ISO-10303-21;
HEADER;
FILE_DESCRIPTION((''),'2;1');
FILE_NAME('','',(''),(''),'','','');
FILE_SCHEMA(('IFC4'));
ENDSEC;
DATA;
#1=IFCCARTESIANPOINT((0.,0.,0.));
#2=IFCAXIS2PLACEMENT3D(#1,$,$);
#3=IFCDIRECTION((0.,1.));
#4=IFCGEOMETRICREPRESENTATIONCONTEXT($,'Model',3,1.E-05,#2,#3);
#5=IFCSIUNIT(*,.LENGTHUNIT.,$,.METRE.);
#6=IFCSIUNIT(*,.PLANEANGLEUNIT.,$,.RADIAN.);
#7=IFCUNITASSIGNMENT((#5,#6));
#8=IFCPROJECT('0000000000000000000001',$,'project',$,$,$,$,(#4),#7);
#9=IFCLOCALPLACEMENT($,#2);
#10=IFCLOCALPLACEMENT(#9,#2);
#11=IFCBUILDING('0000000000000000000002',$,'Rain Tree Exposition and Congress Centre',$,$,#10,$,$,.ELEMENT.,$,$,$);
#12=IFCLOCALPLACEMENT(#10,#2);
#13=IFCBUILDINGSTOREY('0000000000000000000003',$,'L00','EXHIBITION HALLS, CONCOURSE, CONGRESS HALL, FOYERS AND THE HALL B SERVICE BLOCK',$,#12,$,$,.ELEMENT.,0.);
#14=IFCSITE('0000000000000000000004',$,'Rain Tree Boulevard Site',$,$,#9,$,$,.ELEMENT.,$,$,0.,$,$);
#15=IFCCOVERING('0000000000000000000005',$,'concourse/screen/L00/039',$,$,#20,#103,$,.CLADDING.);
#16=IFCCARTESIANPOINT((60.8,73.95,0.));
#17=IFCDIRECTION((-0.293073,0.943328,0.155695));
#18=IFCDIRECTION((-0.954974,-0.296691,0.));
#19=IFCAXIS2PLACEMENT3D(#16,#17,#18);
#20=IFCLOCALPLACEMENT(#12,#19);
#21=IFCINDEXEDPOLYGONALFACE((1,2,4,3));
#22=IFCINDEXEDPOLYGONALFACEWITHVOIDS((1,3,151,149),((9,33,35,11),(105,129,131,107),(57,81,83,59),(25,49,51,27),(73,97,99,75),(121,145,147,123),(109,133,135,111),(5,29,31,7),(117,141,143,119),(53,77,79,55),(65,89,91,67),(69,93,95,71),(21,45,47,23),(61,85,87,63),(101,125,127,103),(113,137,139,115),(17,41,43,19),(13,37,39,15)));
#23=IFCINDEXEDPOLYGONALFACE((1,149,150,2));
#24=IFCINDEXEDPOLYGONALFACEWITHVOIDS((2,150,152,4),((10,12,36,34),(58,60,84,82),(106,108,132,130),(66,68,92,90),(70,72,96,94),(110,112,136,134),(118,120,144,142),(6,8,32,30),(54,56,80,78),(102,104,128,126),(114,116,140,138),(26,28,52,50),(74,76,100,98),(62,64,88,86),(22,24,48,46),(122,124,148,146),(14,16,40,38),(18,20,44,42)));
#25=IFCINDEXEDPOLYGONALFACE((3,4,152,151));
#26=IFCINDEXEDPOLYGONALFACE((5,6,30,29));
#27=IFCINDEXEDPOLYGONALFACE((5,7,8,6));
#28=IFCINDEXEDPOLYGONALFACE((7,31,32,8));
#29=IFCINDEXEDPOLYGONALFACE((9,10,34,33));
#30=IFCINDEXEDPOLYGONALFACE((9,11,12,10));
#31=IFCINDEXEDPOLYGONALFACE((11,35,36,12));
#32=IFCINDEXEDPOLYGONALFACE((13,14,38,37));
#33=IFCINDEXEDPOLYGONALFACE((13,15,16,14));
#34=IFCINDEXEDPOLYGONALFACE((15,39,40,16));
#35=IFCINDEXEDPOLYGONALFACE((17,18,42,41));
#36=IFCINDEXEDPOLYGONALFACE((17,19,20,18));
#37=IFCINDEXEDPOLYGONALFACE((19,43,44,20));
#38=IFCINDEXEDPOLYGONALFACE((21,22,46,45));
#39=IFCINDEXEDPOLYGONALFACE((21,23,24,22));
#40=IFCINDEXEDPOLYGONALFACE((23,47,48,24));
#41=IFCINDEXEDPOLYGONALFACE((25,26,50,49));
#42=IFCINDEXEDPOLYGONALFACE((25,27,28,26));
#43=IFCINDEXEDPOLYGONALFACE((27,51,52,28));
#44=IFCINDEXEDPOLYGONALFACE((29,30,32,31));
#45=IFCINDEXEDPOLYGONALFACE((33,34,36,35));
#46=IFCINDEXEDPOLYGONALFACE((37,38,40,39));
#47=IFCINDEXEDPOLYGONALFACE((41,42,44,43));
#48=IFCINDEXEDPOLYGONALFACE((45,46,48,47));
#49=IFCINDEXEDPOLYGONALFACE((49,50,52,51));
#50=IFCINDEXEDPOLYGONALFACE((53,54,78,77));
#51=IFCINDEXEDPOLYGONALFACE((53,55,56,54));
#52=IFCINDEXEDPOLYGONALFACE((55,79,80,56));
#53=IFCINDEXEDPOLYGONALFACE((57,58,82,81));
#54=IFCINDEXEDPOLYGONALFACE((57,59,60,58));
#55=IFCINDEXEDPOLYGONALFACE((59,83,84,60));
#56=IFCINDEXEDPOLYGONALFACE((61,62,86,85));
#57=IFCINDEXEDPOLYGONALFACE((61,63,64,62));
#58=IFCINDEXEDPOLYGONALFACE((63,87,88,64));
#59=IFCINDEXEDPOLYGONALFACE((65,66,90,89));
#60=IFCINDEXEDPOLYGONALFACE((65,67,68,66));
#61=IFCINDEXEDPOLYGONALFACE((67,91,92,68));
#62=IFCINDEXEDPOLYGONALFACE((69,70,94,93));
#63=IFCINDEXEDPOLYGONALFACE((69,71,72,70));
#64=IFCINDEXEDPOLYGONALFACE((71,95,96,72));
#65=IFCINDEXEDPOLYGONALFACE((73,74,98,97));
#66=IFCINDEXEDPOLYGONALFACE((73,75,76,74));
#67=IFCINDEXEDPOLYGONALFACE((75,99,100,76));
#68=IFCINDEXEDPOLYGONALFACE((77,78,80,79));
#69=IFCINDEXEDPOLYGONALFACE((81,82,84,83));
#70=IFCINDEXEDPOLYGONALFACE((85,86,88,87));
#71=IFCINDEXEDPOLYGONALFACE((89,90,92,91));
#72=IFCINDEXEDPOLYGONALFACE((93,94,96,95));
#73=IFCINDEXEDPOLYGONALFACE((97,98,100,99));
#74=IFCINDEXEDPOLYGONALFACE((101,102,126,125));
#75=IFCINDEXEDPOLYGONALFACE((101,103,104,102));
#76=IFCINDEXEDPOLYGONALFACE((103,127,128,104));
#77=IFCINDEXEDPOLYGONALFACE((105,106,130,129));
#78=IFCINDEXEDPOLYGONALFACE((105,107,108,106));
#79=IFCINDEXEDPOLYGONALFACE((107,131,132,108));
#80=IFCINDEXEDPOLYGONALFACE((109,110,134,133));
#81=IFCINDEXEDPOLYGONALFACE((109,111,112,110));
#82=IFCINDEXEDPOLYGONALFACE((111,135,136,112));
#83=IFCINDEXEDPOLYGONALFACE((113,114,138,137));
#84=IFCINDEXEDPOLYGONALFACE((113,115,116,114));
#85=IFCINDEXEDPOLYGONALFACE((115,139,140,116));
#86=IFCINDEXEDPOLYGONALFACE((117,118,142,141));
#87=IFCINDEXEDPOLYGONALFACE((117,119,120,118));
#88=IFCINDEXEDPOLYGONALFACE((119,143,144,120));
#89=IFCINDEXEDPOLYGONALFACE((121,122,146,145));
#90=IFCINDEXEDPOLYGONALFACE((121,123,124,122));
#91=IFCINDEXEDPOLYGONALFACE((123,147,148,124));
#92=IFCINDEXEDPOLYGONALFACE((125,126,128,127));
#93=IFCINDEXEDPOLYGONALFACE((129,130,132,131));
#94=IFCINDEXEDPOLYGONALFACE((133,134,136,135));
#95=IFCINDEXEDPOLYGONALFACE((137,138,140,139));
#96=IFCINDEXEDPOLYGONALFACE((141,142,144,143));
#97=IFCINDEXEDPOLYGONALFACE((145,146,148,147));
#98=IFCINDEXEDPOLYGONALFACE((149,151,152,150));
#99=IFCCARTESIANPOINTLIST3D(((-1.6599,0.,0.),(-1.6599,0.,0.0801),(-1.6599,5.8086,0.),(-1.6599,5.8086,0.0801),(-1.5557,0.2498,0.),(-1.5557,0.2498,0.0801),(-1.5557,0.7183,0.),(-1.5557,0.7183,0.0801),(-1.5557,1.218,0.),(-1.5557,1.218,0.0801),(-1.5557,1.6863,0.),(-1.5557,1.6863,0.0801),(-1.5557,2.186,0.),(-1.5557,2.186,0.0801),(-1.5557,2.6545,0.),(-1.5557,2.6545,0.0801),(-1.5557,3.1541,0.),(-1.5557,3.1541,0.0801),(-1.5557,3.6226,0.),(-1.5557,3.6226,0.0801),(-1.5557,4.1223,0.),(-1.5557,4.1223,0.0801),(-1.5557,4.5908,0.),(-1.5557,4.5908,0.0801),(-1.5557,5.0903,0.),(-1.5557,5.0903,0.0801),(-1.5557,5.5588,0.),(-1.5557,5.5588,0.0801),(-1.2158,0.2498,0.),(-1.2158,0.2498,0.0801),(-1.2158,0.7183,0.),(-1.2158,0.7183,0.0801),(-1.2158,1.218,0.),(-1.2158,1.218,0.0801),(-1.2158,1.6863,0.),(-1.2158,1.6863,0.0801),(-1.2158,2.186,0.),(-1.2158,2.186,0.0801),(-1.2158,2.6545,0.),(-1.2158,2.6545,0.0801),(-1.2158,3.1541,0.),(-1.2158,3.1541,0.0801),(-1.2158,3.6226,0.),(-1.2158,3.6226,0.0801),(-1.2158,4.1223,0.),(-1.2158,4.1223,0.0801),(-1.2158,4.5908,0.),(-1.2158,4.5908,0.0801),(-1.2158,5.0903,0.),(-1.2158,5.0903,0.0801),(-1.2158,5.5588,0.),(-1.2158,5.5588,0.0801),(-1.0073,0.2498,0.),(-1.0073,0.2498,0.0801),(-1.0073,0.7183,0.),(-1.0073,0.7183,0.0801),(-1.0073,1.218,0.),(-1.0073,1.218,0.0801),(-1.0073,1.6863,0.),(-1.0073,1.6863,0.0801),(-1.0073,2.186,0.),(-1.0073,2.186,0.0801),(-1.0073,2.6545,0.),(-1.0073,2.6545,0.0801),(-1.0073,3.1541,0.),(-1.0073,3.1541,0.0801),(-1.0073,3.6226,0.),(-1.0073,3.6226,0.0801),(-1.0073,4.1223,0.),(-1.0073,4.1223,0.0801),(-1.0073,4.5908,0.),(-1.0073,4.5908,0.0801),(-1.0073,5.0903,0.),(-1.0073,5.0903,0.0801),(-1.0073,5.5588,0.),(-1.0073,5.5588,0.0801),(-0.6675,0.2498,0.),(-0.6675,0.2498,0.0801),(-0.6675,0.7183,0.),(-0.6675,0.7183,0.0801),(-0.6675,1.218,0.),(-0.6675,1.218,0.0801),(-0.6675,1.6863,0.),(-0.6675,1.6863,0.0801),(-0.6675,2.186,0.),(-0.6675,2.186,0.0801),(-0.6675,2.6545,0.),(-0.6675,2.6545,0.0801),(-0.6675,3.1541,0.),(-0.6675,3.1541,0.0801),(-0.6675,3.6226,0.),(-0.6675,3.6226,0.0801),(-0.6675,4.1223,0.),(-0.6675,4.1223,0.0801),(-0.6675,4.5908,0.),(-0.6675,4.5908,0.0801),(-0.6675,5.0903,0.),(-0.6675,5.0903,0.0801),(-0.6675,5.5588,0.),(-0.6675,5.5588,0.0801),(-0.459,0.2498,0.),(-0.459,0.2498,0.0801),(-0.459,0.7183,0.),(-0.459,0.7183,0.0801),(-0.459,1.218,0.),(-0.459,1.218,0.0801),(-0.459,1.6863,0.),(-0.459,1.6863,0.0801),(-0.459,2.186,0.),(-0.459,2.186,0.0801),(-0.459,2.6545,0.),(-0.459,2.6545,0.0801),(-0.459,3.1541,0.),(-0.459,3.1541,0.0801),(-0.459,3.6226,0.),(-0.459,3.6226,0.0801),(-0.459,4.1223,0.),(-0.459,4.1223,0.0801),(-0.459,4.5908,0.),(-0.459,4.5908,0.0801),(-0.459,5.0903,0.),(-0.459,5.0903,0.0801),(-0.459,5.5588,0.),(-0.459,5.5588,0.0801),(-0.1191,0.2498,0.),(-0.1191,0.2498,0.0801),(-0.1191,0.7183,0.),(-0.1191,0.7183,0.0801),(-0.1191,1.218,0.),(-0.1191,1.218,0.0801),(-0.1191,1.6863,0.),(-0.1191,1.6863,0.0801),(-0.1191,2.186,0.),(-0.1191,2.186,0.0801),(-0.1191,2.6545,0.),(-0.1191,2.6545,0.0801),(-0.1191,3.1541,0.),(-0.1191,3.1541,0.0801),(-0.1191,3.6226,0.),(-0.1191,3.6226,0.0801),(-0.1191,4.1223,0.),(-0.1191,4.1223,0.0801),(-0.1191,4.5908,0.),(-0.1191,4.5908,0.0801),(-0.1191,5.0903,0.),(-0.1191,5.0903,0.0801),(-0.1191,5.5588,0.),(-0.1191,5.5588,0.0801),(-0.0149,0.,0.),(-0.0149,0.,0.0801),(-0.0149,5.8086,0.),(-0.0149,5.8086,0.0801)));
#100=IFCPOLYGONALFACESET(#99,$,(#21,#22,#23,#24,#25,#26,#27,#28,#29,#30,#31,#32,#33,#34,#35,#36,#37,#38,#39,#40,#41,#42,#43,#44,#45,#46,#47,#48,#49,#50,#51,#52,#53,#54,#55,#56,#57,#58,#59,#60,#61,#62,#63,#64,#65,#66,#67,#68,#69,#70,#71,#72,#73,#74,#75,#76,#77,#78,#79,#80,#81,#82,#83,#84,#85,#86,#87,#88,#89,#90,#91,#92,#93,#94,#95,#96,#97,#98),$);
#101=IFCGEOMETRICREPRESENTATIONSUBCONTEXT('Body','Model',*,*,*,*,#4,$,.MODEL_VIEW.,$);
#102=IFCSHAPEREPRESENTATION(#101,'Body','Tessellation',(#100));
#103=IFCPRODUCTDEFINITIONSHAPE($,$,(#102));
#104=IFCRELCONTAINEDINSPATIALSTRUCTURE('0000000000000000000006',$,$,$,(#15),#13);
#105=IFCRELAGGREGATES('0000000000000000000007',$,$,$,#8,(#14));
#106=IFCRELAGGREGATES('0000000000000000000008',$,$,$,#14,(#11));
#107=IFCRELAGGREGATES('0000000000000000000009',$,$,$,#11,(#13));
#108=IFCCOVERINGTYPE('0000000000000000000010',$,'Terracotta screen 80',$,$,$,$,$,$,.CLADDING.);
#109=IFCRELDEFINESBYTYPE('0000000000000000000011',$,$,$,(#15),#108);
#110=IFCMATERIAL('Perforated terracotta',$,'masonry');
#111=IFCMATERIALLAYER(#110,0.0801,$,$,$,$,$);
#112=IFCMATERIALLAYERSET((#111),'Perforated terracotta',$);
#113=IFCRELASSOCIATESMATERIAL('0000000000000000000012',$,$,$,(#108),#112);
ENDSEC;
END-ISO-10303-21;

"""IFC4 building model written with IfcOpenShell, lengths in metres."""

from ifc_helpers import new_model, si_unit, direction, frame, origin, place, context, subcontext, project, spatial, polyline, outline, extrude, material, layer, layer_set, type_object, element, save


model = new_model("IFC4")

# Units and contexts
model_context = context("Model", 3, precision=1e-05, world=origin(), true_north=direction((0.0, 1.0)))
body_context = subcontext(model_context, "Body", "Model", "MODEL_VIEW")
ifc_project = project(units=[si_unit("LENGTHUNIT", "METRE"), si_unit("PLANEANGLEUNIT", "RADIAN")], contexts=[model_context])

# Site, building, storey
site_placement = place(None, origin())
site = spatial("IfcSite", under=ifc_project, at=site_placement, Name="Rain Tree Boulevard Site", CompositionType="ELEMENT", RefElevation=0.0)
building_placement = place(site_placement, origin())
building = spatial("IfcBuilding", under=site, at=building_placement, Name="Rain Tree Exposition and Congress Centre", CompositionType="ELEMENT")
storey_placement = place(building_placement, origin())
storey = spatial("IfcBuildingStorey", under=building, at=storey_placement, Name="L00", Description="EXHIBITION HALLS, CONCOURSE, CONGRESS HALL, FOYERS AND THE HALL B SERVICE BLOCK", CompositionType="ELEMENT", Elevation=0.0)

# Covering
ifc_material_1 = material(Name="Perforated terracotta", Category="masonry")
ifc_layer_1 = layer(ifc_material_1, 0.0801)
ifc_layer_set_1 = layer_set([ifc_layer_1], Name="Perforated terracotta")
covering_type = type_object("IfcCoveringType", Name="Terracotta screen 80", PredefinedType="CLADDING", material=ifc_layer_set_1)
covering_1_placement = place(storey_placement, frame((60.8, 73.95, 0.0), z_axis=(-0.293073, 0.943328, 0.155695), x_axis=(-0.954974, -0.296691, 0.0)))
element("IfcCovering", 1, at=covering_1_placement, inside=storey, type_object=covering_type, Name="concourse/screen/L00/039", PredefinedType="CLADDING", context=body_context, shape_type="SweptSolid", body=[
    extrude(outline(polyline([(-0.0149, 0.0), (-1.6599, 0.0), (-1.6599, 5.8086), (-0.0149, 5.8086), (-0.0149, 0.0)]), holes=[polyline([(-0.1191, 0.2498), (-0.1191, 0.7183), (-0.459, 0.7183), (-0.459, 0.2498), (-0.1191, 0.2498)]), polyline([(-0.1191, 1.218), (-0.1191, 1.6863), (-0.459, 1.6863), (-0.459, 1.218), (-0.1191, 1.218)]), polyline([(-0.1191, 2.186), (-0.1191, 2.6545), (-0.459, 2.6545), (-0.459, 2.186), (-0.1191, 2.186)]), polyline([(-0.1191, 3.1541), (-0.1191, 3.6226), (-0.459, 3.6226), (-0.459, 3.1541), (-0.1191, 3.1541)]), polyline([(-0.1191, 4.1223), (-0.1191, 4.5908), (-0.459, 4.5908), (-0.459, 4.1223), (-0.1191, 4.1223)]), polyline([(-0.1191, 5.0903), (-0.1191, 5.5588), (-0.459, 5.5588), (-0.459, 5.0903), (-0.1191, 5.0903)]), polyline([(-0.6675, 0.2498), (-0.6675, 0.7183), (-1.0073, 0.7183), (-1.0073, 0.2498), (-0.6675, 0.2498)]), polyline([(-0.6675, 1.218), (-0.6675, 1.6863), (-1.0073, 1.6863), (-1.0073, 1.218), (-0.6675, 1.218)]), polyline([(-0.6675, 2.186), (-0.6675, 2.6545), (-1.0073, 2.6545), (-1.0073, 2.186), (-0.6675, 2.186)]), polyline([(-0.6675, 3.1541), (-0.6675, 3.6226), (-1.0073, 3.6226), (-1.0073, 3.1541), (-0.6675, 3.1541)]), polyline([(-0.6675, 4.1223), (-0.6675, 4.5908), (-1.0073, 4.5908), (-1.0073, 4.1223), (-0.6675, 4.1223)]), polyline([(-0.6675, 5.0903), (-0.6675, 5.5588), (-1.0073, 5.5588), (-1.0073, 5.0903), (-0.6675, 5.0903)]), polyline([(-1.2158, 0.2498), (-1.2158, 0.7183), (-1.5557, 0.7183), (-1.5557, 0.2498), (-1.2158, 0.2498)]), polyline([(-1.2158, 1.218), (-1.2158, 1.6863), (-1.5557, 1.6863), (-1.5557, 1.218), (-1.2158, 1.218)]), polyline([(-1.2158, 2.186), (-1.2158, 2.6545), (-1.5557, 2.6545), (-1.5557, 2.186), (-1.2158, 2.186)]), polyline([(-1.2158, 3.1541), (-1.2158, 3.6226), (-1.5557, 3.6226), (-1.5557, 3.1541), (-1.2158, 3.1541)]), polyline([(-1.2158, 4.1223), (-1.2158, 4.5908), (-1.5557, 4.5908), (-1.5557, 4.1223), (-1.2158, 4.1223)]), polyline([(-1.2158, 5.0903), (-1.2158, 5.5588), (-1.5557, 5.5588), (-1.5557, 5.0903), (-1.2158, 5.0903)])]), origin(), (0.0, 0.0, 1.0), 0.0801),
])

save(model, "model.ifc")
